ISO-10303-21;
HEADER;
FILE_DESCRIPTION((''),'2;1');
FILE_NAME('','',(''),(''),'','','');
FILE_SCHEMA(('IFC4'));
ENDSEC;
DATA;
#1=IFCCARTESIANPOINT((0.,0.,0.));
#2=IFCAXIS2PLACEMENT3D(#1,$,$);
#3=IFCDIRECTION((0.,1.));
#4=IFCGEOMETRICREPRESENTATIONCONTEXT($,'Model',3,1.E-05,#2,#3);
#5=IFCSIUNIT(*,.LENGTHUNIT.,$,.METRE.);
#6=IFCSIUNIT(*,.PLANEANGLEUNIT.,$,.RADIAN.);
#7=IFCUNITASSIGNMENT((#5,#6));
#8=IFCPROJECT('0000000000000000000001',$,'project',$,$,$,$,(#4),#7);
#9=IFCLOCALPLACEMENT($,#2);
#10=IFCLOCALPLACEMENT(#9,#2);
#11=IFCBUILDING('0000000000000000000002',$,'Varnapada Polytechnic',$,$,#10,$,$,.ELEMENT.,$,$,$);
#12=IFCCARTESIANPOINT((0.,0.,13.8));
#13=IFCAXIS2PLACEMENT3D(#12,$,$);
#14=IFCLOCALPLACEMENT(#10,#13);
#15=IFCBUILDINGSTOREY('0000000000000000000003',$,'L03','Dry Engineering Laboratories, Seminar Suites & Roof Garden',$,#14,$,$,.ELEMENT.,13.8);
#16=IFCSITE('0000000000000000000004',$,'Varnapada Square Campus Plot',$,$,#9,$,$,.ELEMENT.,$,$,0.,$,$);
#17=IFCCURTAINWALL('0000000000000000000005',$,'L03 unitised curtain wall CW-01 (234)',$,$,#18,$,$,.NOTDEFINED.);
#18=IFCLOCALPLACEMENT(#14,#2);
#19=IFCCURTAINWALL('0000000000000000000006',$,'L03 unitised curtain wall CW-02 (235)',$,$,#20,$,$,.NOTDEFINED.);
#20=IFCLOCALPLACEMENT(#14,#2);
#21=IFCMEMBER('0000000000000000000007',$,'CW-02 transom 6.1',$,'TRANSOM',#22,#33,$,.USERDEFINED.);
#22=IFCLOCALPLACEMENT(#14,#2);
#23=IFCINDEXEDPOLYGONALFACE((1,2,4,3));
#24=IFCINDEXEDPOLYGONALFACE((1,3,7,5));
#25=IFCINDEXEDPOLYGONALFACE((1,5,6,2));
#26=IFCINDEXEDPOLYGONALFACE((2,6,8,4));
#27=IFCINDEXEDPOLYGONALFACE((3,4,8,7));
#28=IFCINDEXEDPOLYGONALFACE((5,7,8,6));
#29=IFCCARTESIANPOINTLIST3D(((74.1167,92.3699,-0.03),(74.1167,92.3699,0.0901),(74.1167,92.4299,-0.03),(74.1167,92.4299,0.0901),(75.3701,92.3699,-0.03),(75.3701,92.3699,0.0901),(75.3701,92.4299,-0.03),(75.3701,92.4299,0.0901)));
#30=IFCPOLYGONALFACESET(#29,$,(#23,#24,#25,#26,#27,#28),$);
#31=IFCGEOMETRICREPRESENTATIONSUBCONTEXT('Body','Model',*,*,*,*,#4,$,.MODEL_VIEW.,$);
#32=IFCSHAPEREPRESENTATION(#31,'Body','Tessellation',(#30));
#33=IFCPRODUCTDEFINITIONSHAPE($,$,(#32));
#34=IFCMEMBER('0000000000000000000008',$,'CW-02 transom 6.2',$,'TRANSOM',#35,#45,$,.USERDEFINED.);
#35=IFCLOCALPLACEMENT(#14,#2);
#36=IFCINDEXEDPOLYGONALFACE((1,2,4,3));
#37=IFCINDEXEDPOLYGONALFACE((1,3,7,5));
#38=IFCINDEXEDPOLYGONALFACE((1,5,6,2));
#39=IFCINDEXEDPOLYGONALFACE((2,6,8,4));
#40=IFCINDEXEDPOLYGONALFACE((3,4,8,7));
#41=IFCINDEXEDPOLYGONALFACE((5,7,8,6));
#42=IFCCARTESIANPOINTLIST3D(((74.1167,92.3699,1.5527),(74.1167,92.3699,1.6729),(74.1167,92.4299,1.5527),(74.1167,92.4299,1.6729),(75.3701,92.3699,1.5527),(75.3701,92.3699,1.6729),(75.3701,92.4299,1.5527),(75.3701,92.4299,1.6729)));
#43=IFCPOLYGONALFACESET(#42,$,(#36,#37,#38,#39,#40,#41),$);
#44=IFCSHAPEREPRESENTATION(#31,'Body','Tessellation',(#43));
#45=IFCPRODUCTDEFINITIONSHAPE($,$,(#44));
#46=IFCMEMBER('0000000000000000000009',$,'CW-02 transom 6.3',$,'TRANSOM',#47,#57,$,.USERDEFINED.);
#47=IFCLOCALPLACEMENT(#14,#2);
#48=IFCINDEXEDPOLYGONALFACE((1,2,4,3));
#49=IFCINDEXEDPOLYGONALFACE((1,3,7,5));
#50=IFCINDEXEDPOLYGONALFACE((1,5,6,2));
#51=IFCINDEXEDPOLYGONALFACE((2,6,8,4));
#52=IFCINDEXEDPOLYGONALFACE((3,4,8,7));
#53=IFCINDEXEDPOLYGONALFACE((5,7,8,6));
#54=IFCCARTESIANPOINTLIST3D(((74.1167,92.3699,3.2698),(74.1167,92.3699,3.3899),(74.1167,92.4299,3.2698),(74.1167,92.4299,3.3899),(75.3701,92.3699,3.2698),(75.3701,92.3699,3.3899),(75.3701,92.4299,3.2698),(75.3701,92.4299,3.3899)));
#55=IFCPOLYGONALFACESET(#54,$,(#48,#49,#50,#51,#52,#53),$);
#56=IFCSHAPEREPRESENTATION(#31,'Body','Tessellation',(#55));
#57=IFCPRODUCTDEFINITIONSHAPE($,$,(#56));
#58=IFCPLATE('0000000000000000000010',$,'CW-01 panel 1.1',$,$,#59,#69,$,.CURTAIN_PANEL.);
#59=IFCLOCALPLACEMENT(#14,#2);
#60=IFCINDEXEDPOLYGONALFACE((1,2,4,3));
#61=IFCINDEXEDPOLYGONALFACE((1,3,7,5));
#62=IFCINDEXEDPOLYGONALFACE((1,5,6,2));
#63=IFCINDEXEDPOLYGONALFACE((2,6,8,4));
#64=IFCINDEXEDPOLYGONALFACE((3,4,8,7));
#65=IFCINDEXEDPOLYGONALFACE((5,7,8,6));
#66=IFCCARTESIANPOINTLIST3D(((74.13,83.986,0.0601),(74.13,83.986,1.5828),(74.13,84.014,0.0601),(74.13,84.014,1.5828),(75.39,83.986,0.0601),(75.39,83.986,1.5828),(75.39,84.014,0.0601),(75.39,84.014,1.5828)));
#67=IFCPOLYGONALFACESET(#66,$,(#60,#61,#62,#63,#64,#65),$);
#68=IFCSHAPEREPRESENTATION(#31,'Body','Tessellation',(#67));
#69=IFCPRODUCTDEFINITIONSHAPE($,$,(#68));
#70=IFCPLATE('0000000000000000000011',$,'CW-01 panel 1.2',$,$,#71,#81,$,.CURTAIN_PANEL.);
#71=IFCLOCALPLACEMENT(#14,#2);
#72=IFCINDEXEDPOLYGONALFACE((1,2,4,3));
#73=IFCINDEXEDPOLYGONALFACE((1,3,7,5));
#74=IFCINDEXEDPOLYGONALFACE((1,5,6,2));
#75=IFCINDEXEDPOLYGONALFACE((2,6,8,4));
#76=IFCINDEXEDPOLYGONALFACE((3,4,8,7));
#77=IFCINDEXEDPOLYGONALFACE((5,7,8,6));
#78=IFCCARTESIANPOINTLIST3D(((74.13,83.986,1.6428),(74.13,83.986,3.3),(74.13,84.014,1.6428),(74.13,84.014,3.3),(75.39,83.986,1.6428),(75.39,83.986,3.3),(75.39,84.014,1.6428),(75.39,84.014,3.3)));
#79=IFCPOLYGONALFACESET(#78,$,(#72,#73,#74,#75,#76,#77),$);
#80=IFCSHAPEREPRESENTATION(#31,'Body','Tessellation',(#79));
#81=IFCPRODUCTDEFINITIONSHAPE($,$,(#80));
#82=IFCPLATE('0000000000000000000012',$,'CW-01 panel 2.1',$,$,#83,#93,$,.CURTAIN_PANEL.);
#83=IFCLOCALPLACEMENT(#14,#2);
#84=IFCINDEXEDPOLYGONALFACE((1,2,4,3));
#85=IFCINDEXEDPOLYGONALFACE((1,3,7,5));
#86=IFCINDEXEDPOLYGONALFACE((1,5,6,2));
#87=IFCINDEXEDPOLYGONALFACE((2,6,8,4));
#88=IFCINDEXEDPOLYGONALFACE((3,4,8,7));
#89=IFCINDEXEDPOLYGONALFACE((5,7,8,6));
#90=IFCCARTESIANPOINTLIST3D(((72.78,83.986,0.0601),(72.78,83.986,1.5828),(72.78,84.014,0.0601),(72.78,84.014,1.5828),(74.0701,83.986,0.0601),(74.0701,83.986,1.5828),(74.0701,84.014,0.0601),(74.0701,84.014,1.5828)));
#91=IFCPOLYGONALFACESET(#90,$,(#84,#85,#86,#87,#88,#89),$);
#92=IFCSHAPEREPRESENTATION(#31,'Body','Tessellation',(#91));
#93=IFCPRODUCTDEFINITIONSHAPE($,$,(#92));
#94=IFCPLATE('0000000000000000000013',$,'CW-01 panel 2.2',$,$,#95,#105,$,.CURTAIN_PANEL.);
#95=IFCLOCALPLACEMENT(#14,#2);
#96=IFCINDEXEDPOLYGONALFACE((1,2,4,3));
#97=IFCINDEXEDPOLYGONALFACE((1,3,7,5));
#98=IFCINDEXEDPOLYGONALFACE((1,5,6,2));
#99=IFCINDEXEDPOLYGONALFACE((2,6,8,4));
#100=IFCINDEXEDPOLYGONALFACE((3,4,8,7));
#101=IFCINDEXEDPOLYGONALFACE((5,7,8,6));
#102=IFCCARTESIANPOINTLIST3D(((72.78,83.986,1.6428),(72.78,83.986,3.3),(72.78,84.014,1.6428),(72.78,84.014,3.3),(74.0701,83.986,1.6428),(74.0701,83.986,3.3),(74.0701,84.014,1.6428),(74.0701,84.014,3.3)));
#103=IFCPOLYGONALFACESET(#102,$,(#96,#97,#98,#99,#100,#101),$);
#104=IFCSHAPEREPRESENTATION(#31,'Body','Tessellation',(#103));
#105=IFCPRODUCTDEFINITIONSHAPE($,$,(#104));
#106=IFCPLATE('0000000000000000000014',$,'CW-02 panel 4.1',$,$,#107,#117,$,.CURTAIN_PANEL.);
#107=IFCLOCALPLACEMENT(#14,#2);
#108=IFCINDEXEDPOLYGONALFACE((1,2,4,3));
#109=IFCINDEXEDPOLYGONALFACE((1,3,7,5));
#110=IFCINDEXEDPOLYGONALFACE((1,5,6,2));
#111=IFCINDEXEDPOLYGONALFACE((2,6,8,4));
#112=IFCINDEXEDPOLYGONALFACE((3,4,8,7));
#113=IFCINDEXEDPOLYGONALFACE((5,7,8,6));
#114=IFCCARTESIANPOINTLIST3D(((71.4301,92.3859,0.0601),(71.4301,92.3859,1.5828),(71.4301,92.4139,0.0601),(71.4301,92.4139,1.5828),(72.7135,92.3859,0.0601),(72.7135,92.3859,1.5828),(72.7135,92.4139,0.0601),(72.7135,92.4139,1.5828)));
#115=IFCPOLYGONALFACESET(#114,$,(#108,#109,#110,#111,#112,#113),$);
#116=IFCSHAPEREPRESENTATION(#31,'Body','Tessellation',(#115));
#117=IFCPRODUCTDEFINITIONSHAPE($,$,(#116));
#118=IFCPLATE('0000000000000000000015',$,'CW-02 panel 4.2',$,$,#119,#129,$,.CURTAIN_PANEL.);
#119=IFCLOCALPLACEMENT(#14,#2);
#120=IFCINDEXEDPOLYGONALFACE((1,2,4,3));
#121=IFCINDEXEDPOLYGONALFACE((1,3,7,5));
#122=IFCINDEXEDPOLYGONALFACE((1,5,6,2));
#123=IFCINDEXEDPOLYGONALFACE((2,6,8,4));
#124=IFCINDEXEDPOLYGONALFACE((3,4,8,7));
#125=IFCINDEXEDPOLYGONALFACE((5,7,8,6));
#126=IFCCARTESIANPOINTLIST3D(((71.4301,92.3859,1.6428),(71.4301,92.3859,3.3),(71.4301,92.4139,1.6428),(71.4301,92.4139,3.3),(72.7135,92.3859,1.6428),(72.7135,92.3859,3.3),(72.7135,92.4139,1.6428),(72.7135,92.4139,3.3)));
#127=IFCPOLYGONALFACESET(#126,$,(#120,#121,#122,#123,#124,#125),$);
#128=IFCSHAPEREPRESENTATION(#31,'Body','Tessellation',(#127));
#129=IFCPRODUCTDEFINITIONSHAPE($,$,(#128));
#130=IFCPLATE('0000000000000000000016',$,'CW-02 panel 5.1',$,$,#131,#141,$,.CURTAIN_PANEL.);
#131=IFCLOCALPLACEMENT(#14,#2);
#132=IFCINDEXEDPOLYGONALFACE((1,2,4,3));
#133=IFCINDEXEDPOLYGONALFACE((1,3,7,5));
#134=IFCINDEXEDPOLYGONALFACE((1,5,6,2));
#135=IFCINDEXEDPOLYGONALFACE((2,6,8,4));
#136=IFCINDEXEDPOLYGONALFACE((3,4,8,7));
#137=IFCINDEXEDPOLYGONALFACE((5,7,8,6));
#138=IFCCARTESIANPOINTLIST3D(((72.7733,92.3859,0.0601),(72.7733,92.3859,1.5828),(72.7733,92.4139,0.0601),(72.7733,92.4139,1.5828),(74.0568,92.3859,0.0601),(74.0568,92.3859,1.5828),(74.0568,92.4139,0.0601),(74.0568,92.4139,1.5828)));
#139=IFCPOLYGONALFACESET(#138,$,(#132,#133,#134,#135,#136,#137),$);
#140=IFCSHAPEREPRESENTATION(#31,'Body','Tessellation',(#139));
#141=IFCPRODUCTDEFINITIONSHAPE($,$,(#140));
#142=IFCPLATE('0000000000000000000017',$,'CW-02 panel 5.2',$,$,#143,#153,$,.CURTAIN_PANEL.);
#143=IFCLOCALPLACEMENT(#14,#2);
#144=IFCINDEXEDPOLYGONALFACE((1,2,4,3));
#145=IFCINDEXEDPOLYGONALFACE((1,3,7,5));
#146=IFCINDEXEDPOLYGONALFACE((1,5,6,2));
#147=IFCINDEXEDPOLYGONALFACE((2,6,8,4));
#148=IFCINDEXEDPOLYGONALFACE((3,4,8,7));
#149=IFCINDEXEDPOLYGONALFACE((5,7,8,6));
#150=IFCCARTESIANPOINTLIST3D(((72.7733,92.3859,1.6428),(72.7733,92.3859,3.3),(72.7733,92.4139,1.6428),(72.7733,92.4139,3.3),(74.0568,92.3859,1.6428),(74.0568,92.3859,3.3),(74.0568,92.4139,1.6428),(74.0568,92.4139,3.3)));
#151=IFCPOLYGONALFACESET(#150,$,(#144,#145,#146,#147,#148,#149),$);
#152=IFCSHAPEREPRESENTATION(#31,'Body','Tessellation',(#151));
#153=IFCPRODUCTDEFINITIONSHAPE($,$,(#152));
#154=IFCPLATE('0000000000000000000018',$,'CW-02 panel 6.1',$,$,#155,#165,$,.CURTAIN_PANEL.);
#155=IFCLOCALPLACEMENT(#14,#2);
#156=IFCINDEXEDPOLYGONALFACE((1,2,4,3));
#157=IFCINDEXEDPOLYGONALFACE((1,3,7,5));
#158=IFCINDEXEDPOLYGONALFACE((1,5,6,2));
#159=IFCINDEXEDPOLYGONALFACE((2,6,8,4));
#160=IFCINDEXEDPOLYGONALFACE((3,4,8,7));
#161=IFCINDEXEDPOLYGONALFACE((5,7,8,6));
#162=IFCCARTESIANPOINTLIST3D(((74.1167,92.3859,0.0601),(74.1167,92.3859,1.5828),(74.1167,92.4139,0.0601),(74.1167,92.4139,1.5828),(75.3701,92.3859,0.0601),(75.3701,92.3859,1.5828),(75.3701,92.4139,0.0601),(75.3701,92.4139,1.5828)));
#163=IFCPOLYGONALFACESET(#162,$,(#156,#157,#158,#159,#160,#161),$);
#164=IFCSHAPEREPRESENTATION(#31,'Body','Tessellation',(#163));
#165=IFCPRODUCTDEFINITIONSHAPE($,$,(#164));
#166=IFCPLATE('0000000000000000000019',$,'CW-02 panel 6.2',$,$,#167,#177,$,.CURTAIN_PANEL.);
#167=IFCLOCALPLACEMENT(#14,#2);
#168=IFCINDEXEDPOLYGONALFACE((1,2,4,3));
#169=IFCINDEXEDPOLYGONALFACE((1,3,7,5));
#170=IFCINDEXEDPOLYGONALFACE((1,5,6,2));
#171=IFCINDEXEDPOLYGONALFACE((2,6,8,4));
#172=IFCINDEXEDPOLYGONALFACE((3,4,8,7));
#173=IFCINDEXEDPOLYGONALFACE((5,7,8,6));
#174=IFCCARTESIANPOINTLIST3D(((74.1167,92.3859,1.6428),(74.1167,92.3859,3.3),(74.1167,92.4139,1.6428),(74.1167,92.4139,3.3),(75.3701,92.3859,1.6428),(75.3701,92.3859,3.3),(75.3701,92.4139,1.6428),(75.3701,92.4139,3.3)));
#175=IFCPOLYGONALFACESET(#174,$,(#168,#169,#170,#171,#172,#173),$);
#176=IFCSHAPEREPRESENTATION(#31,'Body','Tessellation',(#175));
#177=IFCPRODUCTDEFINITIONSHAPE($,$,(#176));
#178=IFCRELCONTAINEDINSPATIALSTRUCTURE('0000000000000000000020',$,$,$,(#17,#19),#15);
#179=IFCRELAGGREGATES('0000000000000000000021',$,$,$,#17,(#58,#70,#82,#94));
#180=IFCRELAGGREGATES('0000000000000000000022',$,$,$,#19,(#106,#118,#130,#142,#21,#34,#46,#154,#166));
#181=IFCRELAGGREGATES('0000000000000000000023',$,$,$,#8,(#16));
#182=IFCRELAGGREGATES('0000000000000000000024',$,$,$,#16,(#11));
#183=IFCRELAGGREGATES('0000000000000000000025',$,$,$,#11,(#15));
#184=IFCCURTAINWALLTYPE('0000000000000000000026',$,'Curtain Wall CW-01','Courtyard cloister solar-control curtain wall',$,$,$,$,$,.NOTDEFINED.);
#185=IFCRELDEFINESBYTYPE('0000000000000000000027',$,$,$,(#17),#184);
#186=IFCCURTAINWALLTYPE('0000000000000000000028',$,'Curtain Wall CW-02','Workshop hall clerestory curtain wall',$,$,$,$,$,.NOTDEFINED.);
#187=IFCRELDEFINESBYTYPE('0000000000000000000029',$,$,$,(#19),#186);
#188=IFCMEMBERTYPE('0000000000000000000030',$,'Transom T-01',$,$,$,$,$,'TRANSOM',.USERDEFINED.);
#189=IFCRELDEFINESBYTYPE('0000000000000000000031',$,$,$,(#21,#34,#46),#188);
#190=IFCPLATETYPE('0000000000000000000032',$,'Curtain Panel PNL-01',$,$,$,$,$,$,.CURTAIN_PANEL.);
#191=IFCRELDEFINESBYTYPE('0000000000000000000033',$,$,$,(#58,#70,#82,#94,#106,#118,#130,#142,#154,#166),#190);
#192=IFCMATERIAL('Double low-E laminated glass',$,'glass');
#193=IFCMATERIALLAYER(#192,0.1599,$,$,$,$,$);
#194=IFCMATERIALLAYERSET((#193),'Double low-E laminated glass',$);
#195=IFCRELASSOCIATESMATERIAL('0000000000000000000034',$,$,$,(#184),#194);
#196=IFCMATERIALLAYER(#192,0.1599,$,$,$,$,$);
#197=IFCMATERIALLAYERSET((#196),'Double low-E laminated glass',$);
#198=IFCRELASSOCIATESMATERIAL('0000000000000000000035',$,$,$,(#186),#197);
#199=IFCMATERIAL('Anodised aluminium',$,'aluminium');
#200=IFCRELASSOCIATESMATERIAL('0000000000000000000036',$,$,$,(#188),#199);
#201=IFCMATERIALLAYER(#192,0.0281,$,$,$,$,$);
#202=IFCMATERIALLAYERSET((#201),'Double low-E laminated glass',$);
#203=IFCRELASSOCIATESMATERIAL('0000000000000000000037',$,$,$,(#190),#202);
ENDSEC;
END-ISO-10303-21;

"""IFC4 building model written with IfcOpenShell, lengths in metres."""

from ifc_helpers import new_model, si_unit, direction, frame, origin, origin_2d, place, context, subcontext, project, spatial, rectangle, extrude, material, layer, layer_set, material_profile, profile_set, type_object, element, aggregate, save


model = new_model("IFC4")

# Units and contexts
model_context = context("Model", 3, precision=1e-05, world=origin(), true_north=direction((0.0, 1.0)))
body_context = subcontext(model_context, "Body", "Model", "MODEL_VIEW")
ifc_project = project(units=[si_unit("LENGTHUNIT", "METRE"), si_unit("PLANEANGLEUNIT", "RADIAN")], contexts=[model_context])

# Site, building, storey
site_placement = place(None, origin())
site = spatial("IfcSite", under=ifc_project, at=site_placement, Name="Varnapada Square Campus Plot", CompositionType="ELEMENT", RefElevation=0.0)
building_placement = place(site_placement, origin())
building = spatial("IfcBuilding", under=site, at=building_placement, Name="Varnapada Polytechnic", CompositionType="ELEMENT")
storey_placement = place(building_placement, frame((0.0, 0.0, 13.8)))
storey = spatial("IfcBuildingStorey", under=building, at=storey_placement, Name="L03", Description="Dry Engineering Laboratories, Seminar Suites & Roof Garden", CompositionType="ELEMENT", Elevation=13.8)

# Curtain walls
ifc_material_1 = material(Name="Double low-E laminated glass", Category="glass")
ifc_layer_1 = layer(ifc_material_1, 0.1599)
ifc_layer_set_1 = layer_set([ifc_layer_1], Name="Double low-E laminated glass")
curtain_wall_type_1 = type_object("IfcCurtainWallType", Name="Curtain Wall CW-01", Description="Courtyard cloister solar-control curtain wall", PredefinedType="NOTDEFINED", material=ifc_layer_set_1)
curtain_wall_1_placement = place(storey_placement, origin())
curtain_wall_1 = element("IfcCurtainWall", 1, at=curtain_wall_1_placement, inside=storey, type_object=curtain_wall_type_1, Name="L03 unitised curtain wall CW-01 (234)", PredefinedType="NOTDEFINED")
ifc_material_2 = material(Name="Anodised aluminium", Category="aluminium")
ifc_layer_2 = layer(ifc_material_1, 0.1599)
ifc_layer_set_2 = layer_set([ifc_layer_2], Name="Double low-E laminated glass")
curtain_wall_type_2 = type_object("IfcCurtainWallType", Name="Curtain Wall CW-02", Description="Workshop hall clerestory curtain wall", PredefinedType="NOTDEFINED", material=ifc_layer_set_2)
curtain_wall_2_placement = place(storey_placement, origin())
curtain_wall_2 = element("IfcCurtainWall", 2, at=curtain_wall_2_placement, inside=storey, type_object=curtain_wall_type_2, Name="L03 unitised curtain wall CW-02 (235)", PredefinedType="NOTDEFINED")

# Members
ifc_material_profile_1 = material_profile(ifc_material_2, rectangle(XDim=0.0601, YDim=0.1201, at=origin_2d()), Name="ALU T60x120")
ifc_profile_set_1 = profile_set([ifc_material_profile_1], Name="Anodised aluminium")
member_type_1 = type_object("IfcMemberType", Name="Transom T-01", ElementType="TRANSOM", PredefinedType="USERDEFINED", material=ifc_profile_set_1)
member_1_placement = place(storey_placement, frame((74.1167, 92.3999, 0.03), z_axis=(1.0, 0.0, 0.0), x_axis=(0.0, 1.0, 0.0)))
member_1 = element("IfcMember", 3, at=member_1_placement, type_object=member_type_1, Name="CW-02 transom 6.1", ObjectType="TRANSOM", PredefinedType="USERDEFINED", context=body_context, shape_type="SweptSolid", body=[
    extrude(rectangle(XDim=0.0601, YDim=0.1201, at=origin_2d()), origin(), (0.0, 0.0, 1.0), 1.2534),
])
member_2_placement = place(storey_placement, frame((74.1167, 92.3999, 1.6128), z_axis=(1.0, 0.0, 0.0), x_axis=(0.0, 1.0, 0.0)))
member_2 = element("IfcMember", 4, at=member_2_placement, type_object=member_type_1, Name="CW-02 transom 6.2", ObjectType="TRANSOM", PredefinedType="USERDEFINED", context=body_context, shape_type="SweptSolid", body=[
    extrude(rectangle(XDim=0.0601, YDim=0.1201, at=origin_2d()), origin(), (0.0, 0.0, 1.0), 1.2534),
])
member_3_placement = place(storey_placement, frame((74.1167, 92.3999, 3.3298), z_axis=(1.0, 0.0, 0.0), x_axis=(0.0, 1.0, 0.0)))
member_3 = element("IfcMember", 5, at=member_3_placement, type_object=member_type_1, Name="CW-02 transom 6.3", ObjectType="TRANSOM", PredefinedType="USERDEFINED", context=body_context, shape_type="SweptSolid", body=[
    extrude(rectangle(XDim=0.0601, YDim=0.1201, at=origin_2d()), origin(), (0.0, 0.0, 1.0), 1.2534),
])

# Plates
ifc_layer_3 = layer(ifc_material_1, 0.0281)
ifc_layer_set_3 = layer_set([ifc_layer_3], Name="Double low-E laminated glass")
plate_type = type_object("IfcPlateType", Name="Curtain Panel PNL-01", PredefinedType="CURTAIN_PANEL", material=ifc_layer_set_3)
plate_1_placement = place(storey_placement, frame((74.76, 84.0, 0.0601), z_axis=(0.0, 0.0, 1.0), x_axis=(-1.0, 0.0, 0.0)))
plate_1 = element("IfcPlate", 6, at=plate_1_placement, type_object=plate_type, Name="CW-01 panel 1.1", PredefinedType="CURTAIN_PANEL", context=body_context, shape_type="SweptSolid", body=[
    extrude(rectangle(XDim=1.26, YDim=0.0281, at=origin_2d()), origin(), (0.0, 0.0, 1.0), 1.5227),
])
plate_2_placement = place(storey_placement, frame((74.76, 84.0, 1.6428), z_axis=(0.0, 0.0, 1.0), x_axis=(-1.0, 0.0, 0.0)))
plate_2 = element("IfcPlate", 7, at=plate_2_placement, type_object=plate_type, Name="CW-01 panel 1.2", PredefinedType="CURTAIN_PANEL", context=body_context, shape_type="SweptSolid", body=[
    extrude(rectangle(XDim=1.26, YDim=0.0281, at=origin_2d()), origin(), (0.0, 0.0, 1.0), 1.6572),
])
plate_3_placement = place(storey_placement, frame((73.425, 84.0, 0.0601), z_axis=(0.0, 0.0, 1.0), x_axis=(-1.0, 0.0, 0.0)))
plate_3 = element("IfcPlate", 8, at=plate_3_placement, type_object=plate_type, Name="CW-01 panel 2.1", PredefinedType="CURTAIN_PANEL", context=body_context, shape_type="SweptSolid", body=[
    extrude(rectangle(XDim=1.29, YDim=0.0281, at=origin_2d()), origin(), (0.0, 0.0, 1.0), 1.5227),
])
plate_4_placement = place(storey_placement, frame((73.425, 84.0, 1.6428), z_axis=(0.0, 0.0, 1.0), x_axis=(-1.0, 0.0, 0.0)))
plate_4 = element("IfcPlate", 9, at=plate_4_placement, type_object=plate_type, Name="CW-01 panel 2.2", PredefinedType="CURTAIN_PANEL", context=body_context, shape_type="SweptSolid", body=[
    extrude(rectangle(XDim=1.29, YDim=0.0281, at=origin_2d()), origin(), (0.0, 0.0, 1.0), 1.6572),
])
aggregate(curtain_wall_1, [plate_1, plate_2, plate_3, plate_4])
plate_5_placement = place(storey_placement, frame((72.0718, 92.3999, 0.0601), z_axis=(0.0, 0.0, 1.0), x_axis=(1.0, 0.0, 0.0)))
plate_5 = element("IfcPlate", 10, at=plate_5_placement, type_object=plate_type, Name="CW-02 panel 4.1", PredefinedType="CURTAIN_PANEL", context=body_context, shape_type="SweptSolid", body=[
    extrude(rectangle(XDim=1.2834, YDim=0.0281, at=origin_2d()), origin(), (0.0, 0.0, 1.0), 1.5227),
])
plate_6_placement = place(storey_placement, frame((72.0718, 92.3999, 1.6428), z_axis=(0.0, 0.0, 1.0), x_axis=(1.0, 0.0, 0.0)))
plate_6 = element("IfcPlate", 11, at=plate_6_placement, type_object=plate_type, Name="CW-02 panel 4.2", PredefinedType="CURTAIN_PANEL", context=body_context, shape_type="SweptSolid", body=[
    extrude(rectangle(XDim=1.2834, YDim=0.0281, at=origin_2d()), origin(), (0.0, 0.0, 1.0), 1.6572),
])
plate_7_placement = place(storey_placement, frame((73.415, 92.3999, 0.0601), z_axis=(0.0, 0.0, 1.0), x_axis=(1.0, 0.0, 0.0)))
plate_7 = element("IfcPlate", 12, at=plate_7_placement, type_object=plate_type, Name="CW-02 panel 5.1", PredefinedType="CURTAIN_PANEL", context=body_context, shape_type="SweptSolid", body=[
    extrude(rectangle(XDim=1.2834, YDim=0.0281, at=origin_2d()), origin(), (0.0, 0.0, 1.0), 1.5227),
])
plate_8_placement = place(storey_placement, frame((73.415, 92.3999, 1.6428), z_axis=(0.0, 0.0, 1.0), x_axis=(1.0, 0.0, 0.0)))
plate_8 = element("IfcPlate", 13, at=plate_8_placement, type_object=plate_type, Name="CW-02 panel 5.2", PredefinedType="CURTAIN_PANEL", context=body_context, shape_type="SweptSolid", body=[
    extrude(rectangle(XDim=1.2834, YDim=0.0281, at=origin_2d()), origin(), (0.0, 0.0, 1.0), 1.6572),
])
plate_9_placement = place(storey_placement, frame((74.7434, 92.3999, 0.0601), z_axis=(0.0, 0.0, 1.0), x_axis=(1.0, 0.0, 0.0)))
plate_9 = element("IfcPlate", 14, at=plate_9_placement, type_object=plate_type, Name="CW-02 panel 6.1", PredefinedType="CURTAIN_PANEL", context=body_context, shape_type="SweptSolid", body=[
    extrude(rectangle(XDim=1.2534, YDim=0.0281, at=origin_2d()), origin(), (0.0, 0.0, 1.0), 1.5227),
])
plate_10_placement = place(storey_placement, frame((74.7434, 92.3999, 1.6428), z_axis=(0.0, 0.0, 1.0), x_axis=(1.0, 0.0, 0.0)))
plate_10 = element("IfcPlate", 15, at=plate_10_placement, type_object=plate_type, Name="CW-02 panel 6.2", PredefinedType="CURTAIN_PANEL", context=body_context, shape_type="SweptSolid", body=[
    extrude(rectangle(XDim=1.2534, YDim=0.0281, at=origin_2d()), origin(), (0.0, 0.0, 1.0), 1.6572),
])
aggregate(curtain_wall_2, [plate_5, plate_6, plate_7, plate_8, member_1, member_2, member_3, plate_9, plate_10])

save(model, "model.ifc")
